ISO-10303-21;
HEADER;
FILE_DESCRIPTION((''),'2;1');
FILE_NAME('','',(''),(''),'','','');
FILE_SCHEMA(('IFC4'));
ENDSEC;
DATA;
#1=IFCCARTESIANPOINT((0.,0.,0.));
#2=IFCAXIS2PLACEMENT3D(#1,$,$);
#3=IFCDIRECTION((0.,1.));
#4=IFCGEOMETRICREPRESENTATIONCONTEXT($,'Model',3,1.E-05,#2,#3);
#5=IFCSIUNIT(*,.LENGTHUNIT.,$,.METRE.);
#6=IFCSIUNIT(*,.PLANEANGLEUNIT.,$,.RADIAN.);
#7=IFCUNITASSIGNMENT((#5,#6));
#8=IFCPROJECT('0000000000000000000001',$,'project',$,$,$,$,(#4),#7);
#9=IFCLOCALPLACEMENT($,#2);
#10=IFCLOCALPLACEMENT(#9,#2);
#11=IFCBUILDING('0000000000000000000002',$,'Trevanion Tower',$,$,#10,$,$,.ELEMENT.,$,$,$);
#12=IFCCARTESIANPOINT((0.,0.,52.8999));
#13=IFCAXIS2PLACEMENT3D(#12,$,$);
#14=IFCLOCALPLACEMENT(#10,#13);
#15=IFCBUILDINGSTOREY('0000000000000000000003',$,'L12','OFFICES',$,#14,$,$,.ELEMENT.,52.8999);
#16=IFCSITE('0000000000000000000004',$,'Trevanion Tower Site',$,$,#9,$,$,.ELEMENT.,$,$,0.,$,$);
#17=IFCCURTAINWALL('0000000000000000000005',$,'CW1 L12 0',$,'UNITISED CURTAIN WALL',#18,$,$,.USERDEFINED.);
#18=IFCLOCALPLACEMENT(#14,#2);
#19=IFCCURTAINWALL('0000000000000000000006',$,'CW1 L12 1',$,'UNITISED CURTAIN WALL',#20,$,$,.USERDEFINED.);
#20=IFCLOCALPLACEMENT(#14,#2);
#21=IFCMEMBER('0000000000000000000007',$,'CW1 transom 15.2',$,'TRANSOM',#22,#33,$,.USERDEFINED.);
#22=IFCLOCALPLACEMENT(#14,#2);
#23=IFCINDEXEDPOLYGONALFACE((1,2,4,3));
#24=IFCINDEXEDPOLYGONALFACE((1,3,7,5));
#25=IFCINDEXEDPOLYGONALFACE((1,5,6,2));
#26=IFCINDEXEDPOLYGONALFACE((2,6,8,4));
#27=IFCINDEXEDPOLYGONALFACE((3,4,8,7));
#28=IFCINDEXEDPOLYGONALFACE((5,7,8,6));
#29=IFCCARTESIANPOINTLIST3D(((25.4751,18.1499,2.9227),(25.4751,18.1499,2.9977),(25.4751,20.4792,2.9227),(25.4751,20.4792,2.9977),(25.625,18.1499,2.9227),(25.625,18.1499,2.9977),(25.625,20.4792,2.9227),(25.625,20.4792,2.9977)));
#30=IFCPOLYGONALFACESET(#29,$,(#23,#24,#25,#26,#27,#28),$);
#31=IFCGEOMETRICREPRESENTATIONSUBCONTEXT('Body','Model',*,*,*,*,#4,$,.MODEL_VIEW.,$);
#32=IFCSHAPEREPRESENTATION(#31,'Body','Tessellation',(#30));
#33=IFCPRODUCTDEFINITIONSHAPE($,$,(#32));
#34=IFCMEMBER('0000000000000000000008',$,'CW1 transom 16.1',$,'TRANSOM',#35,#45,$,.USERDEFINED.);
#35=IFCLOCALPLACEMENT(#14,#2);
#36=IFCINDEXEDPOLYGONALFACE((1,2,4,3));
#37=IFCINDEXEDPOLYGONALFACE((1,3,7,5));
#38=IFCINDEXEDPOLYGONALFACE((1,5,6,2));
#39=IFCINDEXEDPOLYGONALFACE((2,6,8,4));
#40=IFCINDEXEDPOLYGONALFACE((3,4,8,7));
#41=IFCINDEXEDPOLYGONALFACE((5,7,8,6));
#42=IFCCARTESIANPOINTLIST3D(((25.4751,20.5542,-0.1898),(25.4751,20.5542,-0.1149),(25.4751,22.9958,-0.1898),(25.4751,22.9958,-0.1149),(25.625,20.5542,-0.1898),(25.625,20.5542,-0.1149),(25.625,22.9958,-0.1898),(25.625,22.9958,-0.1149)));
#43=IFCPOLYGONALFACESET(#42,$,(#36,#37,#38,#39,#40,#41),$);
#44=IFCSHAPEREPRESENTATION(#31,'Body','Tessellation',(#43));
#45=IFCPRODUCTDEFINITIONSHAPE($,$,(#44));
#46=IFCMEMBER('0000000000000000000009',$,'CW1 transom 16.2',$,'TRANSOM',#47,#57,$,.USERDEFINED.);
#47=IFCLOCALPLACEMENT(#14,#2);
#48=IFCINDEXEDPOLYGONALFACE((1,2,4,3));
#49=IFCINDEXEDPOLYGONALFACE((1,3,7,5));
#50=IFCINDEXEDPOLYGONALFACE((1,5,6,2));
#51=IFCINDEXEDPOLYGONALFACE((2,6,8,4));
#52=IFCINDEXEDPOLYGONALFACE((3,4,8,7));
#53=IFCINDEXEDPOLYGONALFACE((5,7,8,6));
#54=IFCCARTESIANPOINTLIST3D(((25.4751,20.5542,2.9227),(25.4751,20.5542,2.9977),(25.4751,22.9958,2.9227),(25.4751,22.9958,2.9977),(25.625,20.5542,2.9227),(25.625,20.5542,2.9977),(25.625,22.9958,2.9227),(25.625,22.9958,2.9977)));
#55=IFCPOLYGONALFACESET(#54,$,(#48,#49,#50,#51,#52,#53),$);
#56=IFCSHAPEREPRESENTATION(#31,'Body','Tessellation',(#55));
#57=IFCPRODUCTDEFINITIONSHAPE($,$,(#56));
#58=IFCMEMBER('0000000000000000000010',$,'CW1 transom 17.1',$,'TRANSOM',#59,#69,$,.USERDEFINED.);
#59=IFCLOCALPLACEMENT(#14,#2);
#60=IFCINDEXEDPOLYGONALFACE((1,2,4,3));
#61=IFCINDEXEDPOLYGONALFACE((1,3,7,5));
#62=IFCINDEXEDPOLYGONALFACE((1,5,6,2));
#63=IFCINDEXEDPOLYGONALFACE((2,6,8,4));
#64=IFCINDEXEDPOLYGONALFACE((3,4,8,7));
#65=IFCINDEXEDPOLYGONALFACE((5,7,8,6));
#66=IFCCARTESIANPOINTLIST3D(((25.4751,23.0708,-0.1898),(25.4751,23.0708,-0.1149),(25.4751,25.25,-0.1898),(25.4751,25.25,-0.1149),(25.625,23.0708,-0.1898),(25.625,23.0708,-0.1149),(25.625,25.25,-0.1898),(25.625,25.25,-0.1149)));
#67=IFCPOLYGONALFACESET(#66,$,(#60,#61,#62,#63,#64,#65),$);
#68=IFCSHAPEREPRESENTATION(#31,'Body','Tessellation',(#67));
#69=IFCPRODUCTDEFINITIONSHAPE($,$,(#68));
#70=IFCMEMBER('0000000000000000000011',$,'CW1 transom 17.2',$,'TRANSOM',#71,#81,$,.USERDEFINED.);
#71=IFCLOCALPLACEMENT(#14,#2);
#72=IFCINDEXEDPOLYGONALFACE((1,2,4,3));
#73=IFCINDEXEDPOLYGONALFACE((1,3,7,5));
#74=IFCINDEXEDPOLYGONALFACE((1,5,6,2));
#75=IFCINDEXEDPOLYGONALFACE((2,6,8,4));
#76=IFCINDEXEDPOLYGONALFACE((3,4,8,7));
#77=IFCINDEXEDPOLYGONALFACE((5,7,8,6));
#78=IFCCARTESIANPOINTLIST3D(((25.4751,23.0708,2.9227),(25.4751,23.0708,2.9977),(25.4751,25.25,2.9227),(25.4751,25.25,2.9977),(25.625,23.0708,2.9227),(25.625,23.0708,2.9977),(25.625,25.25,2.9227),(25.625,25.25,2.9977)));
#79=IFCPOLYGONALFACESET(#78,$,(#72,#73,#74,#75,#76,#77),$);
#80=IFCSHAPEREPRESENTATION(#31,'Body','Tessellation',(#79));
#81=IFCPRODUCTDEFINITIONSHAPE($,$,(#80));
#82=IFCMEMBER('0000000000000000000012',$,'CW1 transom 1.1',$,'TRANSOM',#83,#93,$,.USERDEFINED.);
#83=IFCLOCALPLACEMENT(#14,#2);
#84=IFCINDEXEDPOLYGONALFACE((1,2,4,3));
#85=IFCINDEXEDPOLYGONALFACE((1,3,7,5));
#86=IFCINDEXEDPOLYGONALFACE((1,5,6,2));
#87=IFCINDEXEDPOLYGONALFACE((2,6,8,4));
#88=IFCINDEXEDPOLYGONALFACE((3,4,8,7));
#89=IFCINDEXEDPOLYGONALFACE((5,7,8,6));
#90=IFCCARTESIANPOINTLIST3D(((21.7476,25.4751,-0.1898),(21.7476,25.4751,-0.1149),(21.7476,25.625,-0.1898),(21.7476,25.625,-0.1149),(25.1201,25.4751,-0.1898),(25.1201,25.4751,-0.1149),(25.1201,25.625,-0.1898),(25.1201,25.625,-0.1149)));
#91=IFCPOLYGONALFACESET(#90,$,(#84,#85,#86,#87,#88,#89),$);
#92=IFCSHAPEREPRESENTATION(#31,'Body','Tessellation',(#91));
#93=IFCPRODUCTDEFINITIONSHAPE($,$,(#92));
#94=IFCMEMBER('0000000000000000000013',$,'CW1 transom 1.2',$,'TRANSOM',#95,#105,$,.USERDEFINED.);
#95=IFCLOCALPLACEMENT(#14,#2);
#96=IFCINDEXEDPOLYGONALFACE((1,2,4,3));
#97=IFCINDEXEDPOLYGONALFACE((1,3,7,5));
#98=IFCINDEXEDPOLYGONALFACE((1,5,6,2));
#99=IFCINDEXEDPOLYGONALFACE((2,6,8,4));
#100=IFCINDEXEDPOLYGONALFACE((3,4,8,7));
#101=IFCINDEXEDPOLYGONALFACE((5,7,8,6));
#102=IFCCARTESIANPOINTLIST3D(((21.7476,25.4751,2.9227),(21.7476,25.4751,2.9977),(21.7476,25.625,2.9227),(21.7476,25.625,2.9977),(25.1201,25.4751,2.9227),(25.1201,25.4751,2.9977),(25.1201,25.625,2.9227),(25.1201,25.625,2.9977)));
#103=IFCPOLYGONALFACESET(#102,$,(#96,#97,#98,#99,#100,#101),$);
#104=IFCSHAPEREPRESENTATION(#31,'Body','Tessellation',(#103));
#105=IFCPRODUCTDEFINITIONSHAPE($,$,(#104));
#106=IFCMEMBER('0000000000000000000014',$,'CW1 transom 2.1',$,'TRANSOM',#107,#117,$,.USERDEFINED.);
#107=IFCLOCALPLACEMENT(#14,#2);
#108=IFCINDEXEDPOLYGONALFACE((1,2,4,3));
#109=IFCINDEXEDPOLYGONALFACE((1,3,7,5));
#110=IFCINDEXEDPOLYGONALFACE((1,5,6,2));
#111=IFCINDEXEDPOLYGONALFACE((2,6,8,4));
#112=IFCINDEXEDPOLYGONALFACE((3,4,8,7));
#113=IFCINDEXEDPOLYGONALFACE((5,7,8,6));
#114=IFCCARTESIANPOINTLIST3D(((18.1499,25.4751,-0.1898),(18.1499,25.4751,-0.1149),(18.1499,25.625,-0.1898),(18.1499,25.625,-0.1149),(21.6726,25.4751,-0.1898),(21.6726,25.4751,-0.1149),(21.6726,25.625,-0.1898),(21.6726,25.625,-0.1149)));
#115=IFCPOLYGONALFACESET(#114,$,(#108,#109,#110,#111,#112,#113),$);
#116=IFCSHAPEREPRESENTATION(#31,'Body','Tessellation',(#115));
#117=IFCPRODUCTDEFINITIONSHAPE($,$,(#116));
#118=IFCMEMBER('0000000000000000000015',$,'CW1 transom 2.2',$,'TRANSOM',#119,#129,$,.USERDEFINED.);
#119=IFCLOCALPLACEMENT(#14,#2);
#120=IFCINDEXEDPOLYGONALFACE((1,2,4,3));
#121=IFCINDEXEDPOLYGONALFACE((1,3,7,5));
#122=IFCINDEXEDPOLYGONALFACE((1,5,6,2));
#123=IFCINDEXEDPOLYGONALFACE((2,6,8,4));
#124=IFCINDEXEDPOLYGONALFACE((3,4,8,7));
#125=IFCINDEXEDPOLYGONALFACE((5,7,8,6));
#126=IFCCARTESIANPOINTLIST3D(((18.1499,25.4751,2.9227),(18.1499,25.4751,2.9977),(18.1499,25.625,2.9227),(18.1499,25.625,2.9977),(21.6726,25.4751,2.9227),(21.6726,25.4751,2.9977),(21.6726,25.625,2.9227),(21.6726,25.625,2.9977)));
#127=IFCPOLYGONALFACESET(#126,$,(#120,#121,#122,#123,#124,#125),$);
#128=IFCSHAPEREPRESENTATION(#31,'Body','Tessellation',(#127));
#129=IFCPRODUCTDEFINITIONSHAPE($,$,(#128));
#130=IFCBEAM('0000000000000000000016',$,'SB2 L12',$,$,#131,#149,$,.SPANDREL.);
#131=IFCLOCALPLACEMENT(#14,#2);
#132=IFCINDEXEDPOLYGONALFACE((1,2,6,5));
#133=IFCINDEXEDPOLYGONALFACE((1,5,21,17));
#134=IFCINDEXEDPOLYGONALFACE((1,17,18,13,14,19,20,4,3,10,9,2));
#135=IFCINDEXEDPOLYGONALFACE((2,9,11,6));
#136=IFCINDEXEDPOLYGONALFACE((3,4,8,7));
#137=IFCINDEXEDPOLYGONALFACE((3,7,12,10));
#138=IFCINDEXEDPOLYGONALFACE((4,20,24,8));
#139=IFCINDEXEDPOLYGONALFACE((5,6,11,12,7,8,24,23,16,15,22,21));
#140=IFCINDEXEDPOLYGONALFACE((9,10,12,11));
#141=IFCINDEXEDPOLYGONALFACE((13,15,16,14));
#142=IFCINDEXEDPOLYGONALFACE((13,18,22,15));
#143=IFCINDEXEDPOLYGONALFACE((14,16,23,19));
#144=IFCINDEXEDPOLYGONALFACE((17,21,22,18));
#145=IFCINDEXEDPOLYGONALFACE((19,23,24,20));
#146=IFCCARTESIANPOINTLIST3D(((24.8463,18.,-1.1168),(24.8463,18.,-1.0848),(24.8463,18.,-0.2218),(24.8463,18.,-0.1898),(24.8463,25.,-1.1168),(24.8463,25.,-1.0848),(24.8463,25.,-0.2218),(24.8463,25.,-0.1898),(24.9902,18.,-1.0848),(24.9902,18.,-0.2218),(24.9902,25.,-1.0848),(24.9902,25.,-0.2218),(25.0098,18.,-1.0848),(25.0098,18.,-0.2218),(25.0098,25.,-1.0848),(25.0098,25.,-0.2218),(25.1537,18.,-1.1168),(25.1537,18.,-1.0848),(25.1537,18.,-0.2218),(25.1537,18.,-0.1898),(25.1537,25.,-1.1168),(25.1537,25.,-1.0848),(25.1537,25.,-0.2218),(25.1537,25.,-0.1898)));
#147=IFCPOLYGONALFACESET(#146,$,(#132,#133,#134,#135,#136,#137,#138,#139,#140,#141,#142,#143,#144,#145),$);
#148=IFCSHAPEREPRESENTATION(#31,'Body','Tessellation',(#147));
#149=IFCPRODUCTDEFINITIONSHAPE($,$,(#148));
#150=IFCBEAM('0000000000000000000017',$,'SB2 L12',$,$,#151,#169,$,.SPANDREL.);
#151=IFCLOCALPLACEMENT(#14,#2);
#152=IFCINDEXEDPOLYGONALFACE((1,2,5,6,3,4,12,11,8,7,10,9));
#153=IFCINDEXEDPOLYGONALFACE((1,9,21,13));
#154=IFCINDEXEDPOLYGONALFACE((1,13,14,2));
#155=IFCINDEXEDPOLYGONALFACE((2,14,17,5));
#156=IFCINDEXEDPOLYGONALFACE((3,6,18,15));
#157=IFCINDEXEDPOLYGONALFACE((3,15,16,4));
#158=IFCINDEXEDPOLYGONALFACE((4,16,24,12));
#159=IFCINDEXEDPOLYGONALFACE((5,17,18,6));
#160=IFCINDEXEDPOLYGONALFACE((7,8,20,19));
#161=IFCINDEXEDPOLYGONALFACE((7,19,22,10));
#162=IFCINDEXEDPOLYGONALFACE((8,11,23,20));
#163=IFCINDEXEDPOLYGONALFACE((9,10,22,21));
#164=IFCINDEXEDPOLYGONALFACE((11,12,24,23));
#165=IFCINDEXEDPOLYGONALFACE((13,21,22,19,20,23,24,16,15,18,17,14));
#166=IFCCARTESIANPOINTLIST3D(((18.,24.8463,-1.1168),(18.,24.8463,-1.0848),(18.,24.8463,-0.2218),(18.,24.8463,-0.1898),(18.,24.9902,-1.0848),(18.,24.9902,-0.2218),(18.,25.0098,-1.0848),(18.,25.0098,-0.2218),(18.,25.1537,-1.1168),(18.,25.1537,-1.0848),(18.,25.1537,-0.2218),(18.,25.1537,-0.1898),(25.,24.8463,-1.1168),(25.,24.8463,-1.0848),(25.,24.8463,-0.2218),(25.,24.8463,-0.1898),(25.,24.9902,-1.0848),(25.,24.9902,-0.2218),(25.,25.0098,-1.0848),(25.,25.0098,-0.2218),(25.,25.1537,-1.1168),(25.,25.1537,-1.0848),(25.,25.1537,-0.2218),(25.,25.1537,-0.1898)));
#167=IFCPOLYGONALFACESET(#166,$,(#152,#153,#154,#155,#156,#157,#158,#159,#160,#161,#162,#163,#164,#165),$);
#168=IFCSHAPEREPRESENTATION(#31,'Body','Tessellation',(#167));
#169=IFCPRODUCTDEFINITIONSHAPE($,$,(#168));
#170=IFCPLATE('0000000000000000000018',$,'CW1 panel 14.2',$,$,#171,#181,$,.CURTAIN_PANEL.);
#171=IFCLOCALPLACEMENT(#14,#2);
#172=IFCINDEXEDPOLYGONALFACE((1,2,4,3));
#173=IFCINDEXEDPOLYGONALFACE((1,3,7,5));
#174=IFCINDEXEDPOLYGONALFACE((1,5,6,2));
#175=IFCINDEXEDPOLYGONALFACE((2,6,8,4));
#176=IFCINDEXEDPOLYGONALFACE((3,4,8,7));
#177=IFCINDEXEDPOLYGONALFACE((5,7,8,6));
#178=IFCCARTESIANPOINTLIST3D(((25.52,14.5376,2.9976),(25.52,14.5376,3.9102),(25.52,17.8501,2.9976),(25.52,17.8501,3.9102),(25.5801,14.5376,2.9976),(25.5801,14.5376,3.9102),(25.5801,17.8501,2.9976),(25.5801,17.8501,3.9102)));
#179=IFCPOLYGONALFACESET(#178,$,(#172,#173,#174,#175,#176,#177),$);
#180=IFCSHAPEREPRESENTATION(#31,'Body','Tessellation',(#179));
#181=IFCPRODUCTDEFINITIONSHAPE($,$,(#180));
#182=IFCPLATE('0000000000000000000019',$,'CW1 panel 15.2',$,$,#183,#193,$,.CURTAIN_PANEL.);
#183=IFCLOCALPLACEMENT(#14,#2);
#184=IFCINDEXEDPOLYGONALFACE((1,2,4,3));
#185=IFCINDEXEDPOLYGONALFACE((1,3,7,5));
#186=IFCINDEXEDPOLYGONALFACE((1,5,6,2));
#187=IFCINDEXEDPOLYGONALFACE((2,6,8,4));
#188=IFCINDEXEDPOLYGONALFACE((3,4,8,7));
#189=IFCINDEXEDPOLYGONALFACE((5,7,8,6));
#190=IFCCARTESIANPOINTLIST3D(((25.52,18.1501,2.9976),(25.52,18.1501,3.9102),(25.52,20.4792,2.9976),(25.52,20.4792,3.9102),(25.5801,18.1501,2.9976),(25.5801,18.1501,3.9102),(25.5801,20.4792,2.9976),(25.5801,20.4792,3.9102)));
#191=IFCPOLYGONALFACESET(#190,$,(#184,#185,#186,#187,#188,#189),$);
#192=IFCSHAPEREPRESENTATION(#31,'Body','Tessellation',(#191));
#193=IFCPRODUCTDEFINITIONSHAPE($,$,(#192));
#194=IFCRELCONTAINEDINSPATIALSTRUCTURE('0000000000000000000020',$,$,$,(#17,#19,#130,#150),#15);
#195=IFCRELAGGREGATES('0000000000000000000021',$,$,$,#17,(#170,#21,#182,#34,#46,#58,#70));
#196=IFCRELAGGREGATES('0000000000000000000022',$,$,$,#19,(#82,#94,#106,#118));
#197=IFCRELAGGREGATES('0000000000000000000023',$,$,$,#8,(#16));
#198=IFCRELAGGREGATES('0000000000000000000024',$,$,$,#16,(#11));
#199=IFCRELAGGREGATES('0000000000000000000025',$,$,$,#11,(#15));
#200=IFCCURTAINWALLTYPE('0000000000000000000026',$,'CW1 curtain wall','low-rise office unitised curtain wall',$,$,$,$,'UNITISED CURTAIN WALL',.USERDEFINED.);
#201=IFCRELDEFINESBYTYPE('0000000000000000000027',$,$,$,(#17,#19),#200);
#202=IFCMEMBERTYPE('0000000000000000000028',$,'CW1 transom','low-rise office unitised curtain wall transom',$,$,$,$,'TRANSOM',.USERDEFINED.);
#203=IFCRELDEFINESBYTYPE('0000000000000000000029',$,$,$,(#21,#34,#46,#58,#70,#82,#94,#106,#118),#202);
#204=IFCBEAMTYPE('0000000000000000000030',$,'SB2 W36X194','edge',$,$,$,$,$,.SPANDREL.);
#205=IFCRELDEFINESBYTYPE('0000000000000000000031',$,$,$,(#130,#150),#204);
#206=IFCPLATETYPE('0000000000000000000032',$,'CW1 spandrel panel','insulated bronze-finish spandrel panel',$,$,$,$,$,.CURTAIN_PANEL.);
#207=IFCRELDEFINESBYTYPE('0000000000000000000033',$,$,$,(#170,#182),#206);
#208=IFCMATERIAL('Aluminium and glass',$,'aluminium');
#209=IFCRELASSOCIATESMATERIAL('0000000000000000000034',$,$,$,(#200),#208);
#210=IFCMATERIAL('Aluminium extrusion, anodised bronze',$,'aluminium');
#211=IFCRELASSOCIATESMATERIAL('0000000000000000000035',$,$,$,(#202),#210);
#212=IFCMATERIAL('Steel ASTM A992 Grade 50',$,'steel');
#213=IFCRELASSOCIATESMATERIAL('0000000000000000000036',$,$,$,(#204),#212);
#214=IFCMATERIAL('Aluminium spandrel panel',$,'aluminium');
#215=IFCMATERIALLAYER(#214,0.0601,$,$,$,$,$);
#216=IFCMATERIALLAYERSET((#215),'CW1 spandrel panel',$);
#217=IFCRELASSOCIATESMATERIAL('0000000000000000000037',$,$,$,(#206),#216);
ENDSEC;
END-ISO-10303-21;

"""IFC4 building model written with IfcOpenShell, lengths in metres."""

from ifc_helpers import new_model, si_unit, direction, frame, origin, origin_2d, place, context, subcontext, project, spatial, rectangle, i_section, extrude, material, layer, layer_set, material_profile, profile_set, type_object, element, aggregate, save


model = new_model("IFC4")

# Units and contexts
model_context = context("Model", 3, precision=1e-05, world=origin(), true_north=direction((0.0, 1.0)))
body_context = subcontext(model_context, "Body", "Model", "MODEL_VIEW")
ifc_project = project(units=[si_unit("LENGTHUNIT", "METRE"), si_unit("PLANEANGLEUNIT", "RADIAN")], contexts=[model_context])

# Site, building, storey
site_placement = place(None, origin())
site = spatial("IfcSite", under=ifc_project, at=site_placement, Name="Trevanion Tower Site", CompositionType="ELEMENT", RefElevation=0.0)
building_placement = place(site_placement, origin())
building = spatial("IfcBuilding", under=site, at=building_placement, Name="Trevanion Tower", CompositionType="ELEMENT")
storey_placement = place(building_placement, frame((0.0, 0.0, 52.8999)))
storey = spatial("IfcBuildingStorey", under=building, at=storey_placement, Name="L12", Description="OFFICES", CompositionType="ELEMENT", Elevation=52.8999)

# Curtain wall
ifc_material_1 = material(Name="Aluminium and glass", Category="aluminium")
curtain_wall_type = type_object("IfcCurtainWallType", Name="CW1 curtain wall", Description="low-rise office unitised curtain wall", ElementType="UNITISED CURTAIN WALL", PredefinedType="USERDEFINED", material=ifc_material_1)
curtain_wall_1_placement = place(storey_placement, origin())
curtain_wall_1 = element("IfcCurtainWall", 1, at=curtain_wall_1_placement, inside=storey, type_object=curtain_wall_type, Name="CW1 L12 0", ObjectType="UNITISED CURTAIN WALL", PredefinedType="USERDEFINED")

# Curtain wall
curtain_wall_2_placement = place(storey_placement, origin())
curtain_wall_2 = element("IfcCurtainWall", 2, at=curtain_wall_2_placement, inside=storey, type_object=curtain_wall_type, Name="CW1 L12 1", ObjectType="UNITISED CURTAIN WALL", PredefinedType="USERDEFINED")

# Members
ifc_material_2 = material(Name="Aluminium extrusion, anodised bronze", Category="aluminium")
ifc_material_profile_1 = material_profile(ifc_material_2, rectangle(XDim=0.1499, YDim=0.075, at=origin_2d()), Name="CW1 transom")
ifc_profile_set_1 = profile_set([ifc_material_profile_1], Name="Aluminium extrusion, anodised bronze")
member_type_1 = type_object("IfcMemberType", Name="CW1 transom", Description="low-rise office unitised curtain wall transom", ElementType="TRANSOM", PredefinedType="USERDEFINED", material=ifc_profile_set_1)
member_1_placement = place(storey_placement, frame((25.55, 18.1499, 2.9602), z_axis=(0.0, 1.0, 0.0), x_axis=(-1.0, 0.0, 0.0)))
member_1 = element("IfcMember", 3, at=member_1_placement, type_object=member_type_1, Name="CW1 transom 15.2", ObjectType="TRANSOM", PredefinedType="USERDEFINED", context=body_context, shape_type="SweptSolid", body=[
    extrude(rectangle(XDim=0.1499, YDim=0.075, at=origin_2d()), origin(), (0.0, 0.0, 1.0), 2.3293),
])
member_2_placement = place(storey_placement, frame((25.55, 20.5542, -0.1523), z_axis=(0.0, 1.0, 0.0), x_axis=(-1.0, 0.0, 0.0)))
member_2 = element("IfcMember", 4, at=member_2_placement, type_object=member_type_1, Name="CW1 transom 16.1", ObjectType="TRANSOM", PredefinedType="USERDEFINED", context=body_context, shape_type="SweptSolid", body=[
    extrude(rectangle(XDim=0.1499, YDim=0.075, at=origin_2d()), origin(), (0.0, 0.0, 1.0), 2.4417),
])
member_3_placement = place(storey_placement, frame((25.55, 20.5542, 2.9602), z_axis=(0.0, 1.0, 0.0), x_axis=(-1.0, 0.0, 0.0)))
member_3 = element("IfcMember", 5, at=member_3_placement, type_object=member_type_1, Name="CW1 transom 16.2", ObjectType="TRANSOM", PredefinedType="USERDEFINED", context=body_context, shape_type="SweptSolid", body=[
    extrude(rectangle(XDim=0.1499, YDim=0.075, at=origin_2d()), origin(), (0.0, 0.0, 1.0), 2.4417),
])
member_4_placement = place(storey_placement, frame((25.55, 23.0708, -0.1523), z_axis=(0.0, 1.0, 0.0), x_axis=(-1.0, 0.0, 0.0)))
member_4 = element("IfcMember", 6, at=member_4_placement, type_object=member_type_1, Name="CW1 transom 17.1", ObjectType="TRANSOM", PredefinedType="USERDEFINED", context=body_context, shape_type="SweptSolid", body=[
    extrude(rectangle(XDim=0.1499, YDim=0.075, at=origin_2d()), origin(), (0.0, 0.0, 1.0), 2.1792),
])
member_5_placement = place(storey_placement, frame((25.55, 23.0708, 2.9602), z_axis=(0.0, 1.0, 0.0), x_axis=(-1.0, 0.0, 0.0)))
member_5 = element("IfcMember", 7, at=member_5_placement, type_object=member_type_1, Name="CW1 transom 17.2", ObjectType="TRANSOM", PredefinedType="USERDEFINED", context=body_context, shape_type="SweptSolid", body=[
    extrude(rectangle(XDim=0.1499, YDim=0.075, at=origin_2d()), origin(), (0.0, 0.0, 1.0), 2.1792),
])
member_6_placement = place(storey_placement, frame((25.1201, 25.55, -0.1523), z_axis=(-1.0, 0.0, 0.0), x_axis=(0.0, -1.0, 0.0)))
member_6 = element("IfcMember", 8, at=member_6_placement, type_object=member_type_1, Name="CW1 transom 1.1", ObjectType="TRANSOM", PredefinedType="USERDEFINED", context=body_context, shape_type="SweptSolid", body=[
    extrude(rectangle(XDim=0.1499, YDim=0.075, at=origin_2d()), origin(), (0.0, 0.0, 1.0), 3.3726),
])
member_7_placement = place(storey_placement, frame((25.1201, 25.55, 2.9602), z_axis=(-1.0, 0.0, 0.0), x_axis=(0.0, -1.0, 0.0)))
member_7 = element("IfcMember", 9, at=member_7_placement, type_object=member_type_1, Name="CW1 transom 1.2", ObjectType="TRANSOM", PredefinedType="USERDEFINED", context=body_context, shape_type="SweptSolid", body=[
    extrude(rectangle(XDim=0.1499, YDim=0.075, at=origin_2d()), origin(), (0.0, 0.0, 1.0), 3.3726),
])
member_8_placement = place(storey_placement, frame((21.6726, 25.55, -0.1523), z_axis=(-1.0, 0.0, 0.0), x_axis=(0.0, -1.0, 0.0)))
member_8 = element("IfcMember", 10, at=member_8_placement, type_object=member_type_1, Name="CW1 transom 2.1", ObjectType="TRANSOM", PredefinedType="USERDEFINED", context=body_context, shape_type="SweptSolid", body=[
    extrude(rectangle(XDim=0.1499, YDim=0.075, at=origin_2d()), origin(), (0.0, 0.0, 1.0), 3.5227),
])
member_9_placement = place(storey_placement, frame((21.6726, 25.55, 2.9602), z_axis=(-1.0, 0.0, 0.0), x_axis=(0.0, -1.0, 0.0)))
member_9 = element("IfcMember", 11, at=member_9_placement, type_object=member_type_1, Name="CW1 transom 2.2", ObjectType="TRANSOM", PredefinedType="USERDEFINED", context=body_context, shape_type="SweptSolid", body=[
    extrude(rectangle(XDim=0.1499, YDim=0.075, at=origin_2d()), origin(), (0.0, 0.0, 1.0), 3.5227),
])

# Beams
ifc_material_3 = material(Name="Steel ASTM A992 Grade 50", Category="steel")
ifc_material_profile_2 = material_profile(ifc_material_3, i_section(OverallWidth=0.3074, OverallDepth=0.927, WebThickness=0.0195, FlangeThickness=0.032, at=origin_2d()), Name="W36X194")
ifc_profile_set_2 = profile_set([ifc_material_profile_2], Name="Steel ASTM A992 Grade 50")
beam_type = type_object("IfcBeamType", Name="SB2 W36X194", Description="edge", PredefinedType="SPANDREL", material=ifc_profile_set_2)
for number, where, z_axis, x_axis, name in (
    (12, (25.0, 18.0, -0.6533), (0.0, 1.0, 0.0), (-1.0, 0.0, 0.0), "SB2 L12"),
    (13, (25.0, 25.0, -0.6533), (-1.0, 0.0, 0.0), (0.0, -1.0, 0.0), "SB2 L12"),
):
    element("IfcBeam", number, at=place(storey_placement, frame(where, z_axis=z_axis, x_axis=x_axis)), inside=storey, type_object=beam_type, Name=name, PredefinedType="SPANDREL", context=body_context, shape_type="SweptSolid", body=[
        extrude(i_section(OverallWidth=0.3074, OverallDepth=0.927, WebThickness=0.0195, FlangeThickness=0.032, at=origin_2d()), origin(), (0.0, 0.0, 1.0), 7.0),
    ])

# Plates
ifc_material_4 = material(Name="Aluminium spandrel panel", Category="aluminium")
ifc_layer_1 = layer(ifc_material_4, 0.0601)
ifc_layer_set_1 = layer_set([ifc_layer_1], Name="CW1 spandrel panel")
plate_type_1 = type_object("IfcPlateType", Name="CW1 spandrel panel", Description="insulated bronze-finish spandrel panel", PredefinedType="CURTAIN_PANEL", material=ifc_layer_set_1)
plate_1_placement = place(storey_placement, frame((25.55, 16.1938, 2.9976), z_axis=(0.0, 0.0, 1.0), x_axis=(0.0, 1.0, 0.0)))
plate_1 = element("IfcPlate", 14, at=plate_1_placement, type_object=plate_type_1, Name="CW1 panel 14.2", PredefinedType="CURTAIN_PANEL", context=body_context, shape_type="SweptSolid", body=[
    extrude(rectangle(XDim=3.3125, YDim=0.0601, at=origin_2d()), origin(), (0.0, 0.0, 1.0), 0.9126),
])
plate_2_placement = place(storey_placement, frame((25.55, 19.3147, 2.9976), z_axis=(0.0, 0.0, 1.0), x_axis=(0.0, 1.0, 0.0)))
plate_2 = element("IfcPlate", 15, at=plate_2_placement, type_object=plate_type_1, Name="CW1 panel 15.2", PredefinedType="CURTAIN_PANEL", context=body_context, shape_type="SweptSolid", body=[
    extrude(rectangle(XDim=2.3291, YDim=0.0601, at=origin_2d()), origin(), (0.0, 0.0, 1.0), 0.9126),
])
aggregate(curtain_wall_1, [plate_1, member_1, plate_2, member_2, member_3, member_4, member_5])
aggregate(curtain_wall_2, [member_6, member_7, member_8, member_9])

save(model, "model.ifc")
